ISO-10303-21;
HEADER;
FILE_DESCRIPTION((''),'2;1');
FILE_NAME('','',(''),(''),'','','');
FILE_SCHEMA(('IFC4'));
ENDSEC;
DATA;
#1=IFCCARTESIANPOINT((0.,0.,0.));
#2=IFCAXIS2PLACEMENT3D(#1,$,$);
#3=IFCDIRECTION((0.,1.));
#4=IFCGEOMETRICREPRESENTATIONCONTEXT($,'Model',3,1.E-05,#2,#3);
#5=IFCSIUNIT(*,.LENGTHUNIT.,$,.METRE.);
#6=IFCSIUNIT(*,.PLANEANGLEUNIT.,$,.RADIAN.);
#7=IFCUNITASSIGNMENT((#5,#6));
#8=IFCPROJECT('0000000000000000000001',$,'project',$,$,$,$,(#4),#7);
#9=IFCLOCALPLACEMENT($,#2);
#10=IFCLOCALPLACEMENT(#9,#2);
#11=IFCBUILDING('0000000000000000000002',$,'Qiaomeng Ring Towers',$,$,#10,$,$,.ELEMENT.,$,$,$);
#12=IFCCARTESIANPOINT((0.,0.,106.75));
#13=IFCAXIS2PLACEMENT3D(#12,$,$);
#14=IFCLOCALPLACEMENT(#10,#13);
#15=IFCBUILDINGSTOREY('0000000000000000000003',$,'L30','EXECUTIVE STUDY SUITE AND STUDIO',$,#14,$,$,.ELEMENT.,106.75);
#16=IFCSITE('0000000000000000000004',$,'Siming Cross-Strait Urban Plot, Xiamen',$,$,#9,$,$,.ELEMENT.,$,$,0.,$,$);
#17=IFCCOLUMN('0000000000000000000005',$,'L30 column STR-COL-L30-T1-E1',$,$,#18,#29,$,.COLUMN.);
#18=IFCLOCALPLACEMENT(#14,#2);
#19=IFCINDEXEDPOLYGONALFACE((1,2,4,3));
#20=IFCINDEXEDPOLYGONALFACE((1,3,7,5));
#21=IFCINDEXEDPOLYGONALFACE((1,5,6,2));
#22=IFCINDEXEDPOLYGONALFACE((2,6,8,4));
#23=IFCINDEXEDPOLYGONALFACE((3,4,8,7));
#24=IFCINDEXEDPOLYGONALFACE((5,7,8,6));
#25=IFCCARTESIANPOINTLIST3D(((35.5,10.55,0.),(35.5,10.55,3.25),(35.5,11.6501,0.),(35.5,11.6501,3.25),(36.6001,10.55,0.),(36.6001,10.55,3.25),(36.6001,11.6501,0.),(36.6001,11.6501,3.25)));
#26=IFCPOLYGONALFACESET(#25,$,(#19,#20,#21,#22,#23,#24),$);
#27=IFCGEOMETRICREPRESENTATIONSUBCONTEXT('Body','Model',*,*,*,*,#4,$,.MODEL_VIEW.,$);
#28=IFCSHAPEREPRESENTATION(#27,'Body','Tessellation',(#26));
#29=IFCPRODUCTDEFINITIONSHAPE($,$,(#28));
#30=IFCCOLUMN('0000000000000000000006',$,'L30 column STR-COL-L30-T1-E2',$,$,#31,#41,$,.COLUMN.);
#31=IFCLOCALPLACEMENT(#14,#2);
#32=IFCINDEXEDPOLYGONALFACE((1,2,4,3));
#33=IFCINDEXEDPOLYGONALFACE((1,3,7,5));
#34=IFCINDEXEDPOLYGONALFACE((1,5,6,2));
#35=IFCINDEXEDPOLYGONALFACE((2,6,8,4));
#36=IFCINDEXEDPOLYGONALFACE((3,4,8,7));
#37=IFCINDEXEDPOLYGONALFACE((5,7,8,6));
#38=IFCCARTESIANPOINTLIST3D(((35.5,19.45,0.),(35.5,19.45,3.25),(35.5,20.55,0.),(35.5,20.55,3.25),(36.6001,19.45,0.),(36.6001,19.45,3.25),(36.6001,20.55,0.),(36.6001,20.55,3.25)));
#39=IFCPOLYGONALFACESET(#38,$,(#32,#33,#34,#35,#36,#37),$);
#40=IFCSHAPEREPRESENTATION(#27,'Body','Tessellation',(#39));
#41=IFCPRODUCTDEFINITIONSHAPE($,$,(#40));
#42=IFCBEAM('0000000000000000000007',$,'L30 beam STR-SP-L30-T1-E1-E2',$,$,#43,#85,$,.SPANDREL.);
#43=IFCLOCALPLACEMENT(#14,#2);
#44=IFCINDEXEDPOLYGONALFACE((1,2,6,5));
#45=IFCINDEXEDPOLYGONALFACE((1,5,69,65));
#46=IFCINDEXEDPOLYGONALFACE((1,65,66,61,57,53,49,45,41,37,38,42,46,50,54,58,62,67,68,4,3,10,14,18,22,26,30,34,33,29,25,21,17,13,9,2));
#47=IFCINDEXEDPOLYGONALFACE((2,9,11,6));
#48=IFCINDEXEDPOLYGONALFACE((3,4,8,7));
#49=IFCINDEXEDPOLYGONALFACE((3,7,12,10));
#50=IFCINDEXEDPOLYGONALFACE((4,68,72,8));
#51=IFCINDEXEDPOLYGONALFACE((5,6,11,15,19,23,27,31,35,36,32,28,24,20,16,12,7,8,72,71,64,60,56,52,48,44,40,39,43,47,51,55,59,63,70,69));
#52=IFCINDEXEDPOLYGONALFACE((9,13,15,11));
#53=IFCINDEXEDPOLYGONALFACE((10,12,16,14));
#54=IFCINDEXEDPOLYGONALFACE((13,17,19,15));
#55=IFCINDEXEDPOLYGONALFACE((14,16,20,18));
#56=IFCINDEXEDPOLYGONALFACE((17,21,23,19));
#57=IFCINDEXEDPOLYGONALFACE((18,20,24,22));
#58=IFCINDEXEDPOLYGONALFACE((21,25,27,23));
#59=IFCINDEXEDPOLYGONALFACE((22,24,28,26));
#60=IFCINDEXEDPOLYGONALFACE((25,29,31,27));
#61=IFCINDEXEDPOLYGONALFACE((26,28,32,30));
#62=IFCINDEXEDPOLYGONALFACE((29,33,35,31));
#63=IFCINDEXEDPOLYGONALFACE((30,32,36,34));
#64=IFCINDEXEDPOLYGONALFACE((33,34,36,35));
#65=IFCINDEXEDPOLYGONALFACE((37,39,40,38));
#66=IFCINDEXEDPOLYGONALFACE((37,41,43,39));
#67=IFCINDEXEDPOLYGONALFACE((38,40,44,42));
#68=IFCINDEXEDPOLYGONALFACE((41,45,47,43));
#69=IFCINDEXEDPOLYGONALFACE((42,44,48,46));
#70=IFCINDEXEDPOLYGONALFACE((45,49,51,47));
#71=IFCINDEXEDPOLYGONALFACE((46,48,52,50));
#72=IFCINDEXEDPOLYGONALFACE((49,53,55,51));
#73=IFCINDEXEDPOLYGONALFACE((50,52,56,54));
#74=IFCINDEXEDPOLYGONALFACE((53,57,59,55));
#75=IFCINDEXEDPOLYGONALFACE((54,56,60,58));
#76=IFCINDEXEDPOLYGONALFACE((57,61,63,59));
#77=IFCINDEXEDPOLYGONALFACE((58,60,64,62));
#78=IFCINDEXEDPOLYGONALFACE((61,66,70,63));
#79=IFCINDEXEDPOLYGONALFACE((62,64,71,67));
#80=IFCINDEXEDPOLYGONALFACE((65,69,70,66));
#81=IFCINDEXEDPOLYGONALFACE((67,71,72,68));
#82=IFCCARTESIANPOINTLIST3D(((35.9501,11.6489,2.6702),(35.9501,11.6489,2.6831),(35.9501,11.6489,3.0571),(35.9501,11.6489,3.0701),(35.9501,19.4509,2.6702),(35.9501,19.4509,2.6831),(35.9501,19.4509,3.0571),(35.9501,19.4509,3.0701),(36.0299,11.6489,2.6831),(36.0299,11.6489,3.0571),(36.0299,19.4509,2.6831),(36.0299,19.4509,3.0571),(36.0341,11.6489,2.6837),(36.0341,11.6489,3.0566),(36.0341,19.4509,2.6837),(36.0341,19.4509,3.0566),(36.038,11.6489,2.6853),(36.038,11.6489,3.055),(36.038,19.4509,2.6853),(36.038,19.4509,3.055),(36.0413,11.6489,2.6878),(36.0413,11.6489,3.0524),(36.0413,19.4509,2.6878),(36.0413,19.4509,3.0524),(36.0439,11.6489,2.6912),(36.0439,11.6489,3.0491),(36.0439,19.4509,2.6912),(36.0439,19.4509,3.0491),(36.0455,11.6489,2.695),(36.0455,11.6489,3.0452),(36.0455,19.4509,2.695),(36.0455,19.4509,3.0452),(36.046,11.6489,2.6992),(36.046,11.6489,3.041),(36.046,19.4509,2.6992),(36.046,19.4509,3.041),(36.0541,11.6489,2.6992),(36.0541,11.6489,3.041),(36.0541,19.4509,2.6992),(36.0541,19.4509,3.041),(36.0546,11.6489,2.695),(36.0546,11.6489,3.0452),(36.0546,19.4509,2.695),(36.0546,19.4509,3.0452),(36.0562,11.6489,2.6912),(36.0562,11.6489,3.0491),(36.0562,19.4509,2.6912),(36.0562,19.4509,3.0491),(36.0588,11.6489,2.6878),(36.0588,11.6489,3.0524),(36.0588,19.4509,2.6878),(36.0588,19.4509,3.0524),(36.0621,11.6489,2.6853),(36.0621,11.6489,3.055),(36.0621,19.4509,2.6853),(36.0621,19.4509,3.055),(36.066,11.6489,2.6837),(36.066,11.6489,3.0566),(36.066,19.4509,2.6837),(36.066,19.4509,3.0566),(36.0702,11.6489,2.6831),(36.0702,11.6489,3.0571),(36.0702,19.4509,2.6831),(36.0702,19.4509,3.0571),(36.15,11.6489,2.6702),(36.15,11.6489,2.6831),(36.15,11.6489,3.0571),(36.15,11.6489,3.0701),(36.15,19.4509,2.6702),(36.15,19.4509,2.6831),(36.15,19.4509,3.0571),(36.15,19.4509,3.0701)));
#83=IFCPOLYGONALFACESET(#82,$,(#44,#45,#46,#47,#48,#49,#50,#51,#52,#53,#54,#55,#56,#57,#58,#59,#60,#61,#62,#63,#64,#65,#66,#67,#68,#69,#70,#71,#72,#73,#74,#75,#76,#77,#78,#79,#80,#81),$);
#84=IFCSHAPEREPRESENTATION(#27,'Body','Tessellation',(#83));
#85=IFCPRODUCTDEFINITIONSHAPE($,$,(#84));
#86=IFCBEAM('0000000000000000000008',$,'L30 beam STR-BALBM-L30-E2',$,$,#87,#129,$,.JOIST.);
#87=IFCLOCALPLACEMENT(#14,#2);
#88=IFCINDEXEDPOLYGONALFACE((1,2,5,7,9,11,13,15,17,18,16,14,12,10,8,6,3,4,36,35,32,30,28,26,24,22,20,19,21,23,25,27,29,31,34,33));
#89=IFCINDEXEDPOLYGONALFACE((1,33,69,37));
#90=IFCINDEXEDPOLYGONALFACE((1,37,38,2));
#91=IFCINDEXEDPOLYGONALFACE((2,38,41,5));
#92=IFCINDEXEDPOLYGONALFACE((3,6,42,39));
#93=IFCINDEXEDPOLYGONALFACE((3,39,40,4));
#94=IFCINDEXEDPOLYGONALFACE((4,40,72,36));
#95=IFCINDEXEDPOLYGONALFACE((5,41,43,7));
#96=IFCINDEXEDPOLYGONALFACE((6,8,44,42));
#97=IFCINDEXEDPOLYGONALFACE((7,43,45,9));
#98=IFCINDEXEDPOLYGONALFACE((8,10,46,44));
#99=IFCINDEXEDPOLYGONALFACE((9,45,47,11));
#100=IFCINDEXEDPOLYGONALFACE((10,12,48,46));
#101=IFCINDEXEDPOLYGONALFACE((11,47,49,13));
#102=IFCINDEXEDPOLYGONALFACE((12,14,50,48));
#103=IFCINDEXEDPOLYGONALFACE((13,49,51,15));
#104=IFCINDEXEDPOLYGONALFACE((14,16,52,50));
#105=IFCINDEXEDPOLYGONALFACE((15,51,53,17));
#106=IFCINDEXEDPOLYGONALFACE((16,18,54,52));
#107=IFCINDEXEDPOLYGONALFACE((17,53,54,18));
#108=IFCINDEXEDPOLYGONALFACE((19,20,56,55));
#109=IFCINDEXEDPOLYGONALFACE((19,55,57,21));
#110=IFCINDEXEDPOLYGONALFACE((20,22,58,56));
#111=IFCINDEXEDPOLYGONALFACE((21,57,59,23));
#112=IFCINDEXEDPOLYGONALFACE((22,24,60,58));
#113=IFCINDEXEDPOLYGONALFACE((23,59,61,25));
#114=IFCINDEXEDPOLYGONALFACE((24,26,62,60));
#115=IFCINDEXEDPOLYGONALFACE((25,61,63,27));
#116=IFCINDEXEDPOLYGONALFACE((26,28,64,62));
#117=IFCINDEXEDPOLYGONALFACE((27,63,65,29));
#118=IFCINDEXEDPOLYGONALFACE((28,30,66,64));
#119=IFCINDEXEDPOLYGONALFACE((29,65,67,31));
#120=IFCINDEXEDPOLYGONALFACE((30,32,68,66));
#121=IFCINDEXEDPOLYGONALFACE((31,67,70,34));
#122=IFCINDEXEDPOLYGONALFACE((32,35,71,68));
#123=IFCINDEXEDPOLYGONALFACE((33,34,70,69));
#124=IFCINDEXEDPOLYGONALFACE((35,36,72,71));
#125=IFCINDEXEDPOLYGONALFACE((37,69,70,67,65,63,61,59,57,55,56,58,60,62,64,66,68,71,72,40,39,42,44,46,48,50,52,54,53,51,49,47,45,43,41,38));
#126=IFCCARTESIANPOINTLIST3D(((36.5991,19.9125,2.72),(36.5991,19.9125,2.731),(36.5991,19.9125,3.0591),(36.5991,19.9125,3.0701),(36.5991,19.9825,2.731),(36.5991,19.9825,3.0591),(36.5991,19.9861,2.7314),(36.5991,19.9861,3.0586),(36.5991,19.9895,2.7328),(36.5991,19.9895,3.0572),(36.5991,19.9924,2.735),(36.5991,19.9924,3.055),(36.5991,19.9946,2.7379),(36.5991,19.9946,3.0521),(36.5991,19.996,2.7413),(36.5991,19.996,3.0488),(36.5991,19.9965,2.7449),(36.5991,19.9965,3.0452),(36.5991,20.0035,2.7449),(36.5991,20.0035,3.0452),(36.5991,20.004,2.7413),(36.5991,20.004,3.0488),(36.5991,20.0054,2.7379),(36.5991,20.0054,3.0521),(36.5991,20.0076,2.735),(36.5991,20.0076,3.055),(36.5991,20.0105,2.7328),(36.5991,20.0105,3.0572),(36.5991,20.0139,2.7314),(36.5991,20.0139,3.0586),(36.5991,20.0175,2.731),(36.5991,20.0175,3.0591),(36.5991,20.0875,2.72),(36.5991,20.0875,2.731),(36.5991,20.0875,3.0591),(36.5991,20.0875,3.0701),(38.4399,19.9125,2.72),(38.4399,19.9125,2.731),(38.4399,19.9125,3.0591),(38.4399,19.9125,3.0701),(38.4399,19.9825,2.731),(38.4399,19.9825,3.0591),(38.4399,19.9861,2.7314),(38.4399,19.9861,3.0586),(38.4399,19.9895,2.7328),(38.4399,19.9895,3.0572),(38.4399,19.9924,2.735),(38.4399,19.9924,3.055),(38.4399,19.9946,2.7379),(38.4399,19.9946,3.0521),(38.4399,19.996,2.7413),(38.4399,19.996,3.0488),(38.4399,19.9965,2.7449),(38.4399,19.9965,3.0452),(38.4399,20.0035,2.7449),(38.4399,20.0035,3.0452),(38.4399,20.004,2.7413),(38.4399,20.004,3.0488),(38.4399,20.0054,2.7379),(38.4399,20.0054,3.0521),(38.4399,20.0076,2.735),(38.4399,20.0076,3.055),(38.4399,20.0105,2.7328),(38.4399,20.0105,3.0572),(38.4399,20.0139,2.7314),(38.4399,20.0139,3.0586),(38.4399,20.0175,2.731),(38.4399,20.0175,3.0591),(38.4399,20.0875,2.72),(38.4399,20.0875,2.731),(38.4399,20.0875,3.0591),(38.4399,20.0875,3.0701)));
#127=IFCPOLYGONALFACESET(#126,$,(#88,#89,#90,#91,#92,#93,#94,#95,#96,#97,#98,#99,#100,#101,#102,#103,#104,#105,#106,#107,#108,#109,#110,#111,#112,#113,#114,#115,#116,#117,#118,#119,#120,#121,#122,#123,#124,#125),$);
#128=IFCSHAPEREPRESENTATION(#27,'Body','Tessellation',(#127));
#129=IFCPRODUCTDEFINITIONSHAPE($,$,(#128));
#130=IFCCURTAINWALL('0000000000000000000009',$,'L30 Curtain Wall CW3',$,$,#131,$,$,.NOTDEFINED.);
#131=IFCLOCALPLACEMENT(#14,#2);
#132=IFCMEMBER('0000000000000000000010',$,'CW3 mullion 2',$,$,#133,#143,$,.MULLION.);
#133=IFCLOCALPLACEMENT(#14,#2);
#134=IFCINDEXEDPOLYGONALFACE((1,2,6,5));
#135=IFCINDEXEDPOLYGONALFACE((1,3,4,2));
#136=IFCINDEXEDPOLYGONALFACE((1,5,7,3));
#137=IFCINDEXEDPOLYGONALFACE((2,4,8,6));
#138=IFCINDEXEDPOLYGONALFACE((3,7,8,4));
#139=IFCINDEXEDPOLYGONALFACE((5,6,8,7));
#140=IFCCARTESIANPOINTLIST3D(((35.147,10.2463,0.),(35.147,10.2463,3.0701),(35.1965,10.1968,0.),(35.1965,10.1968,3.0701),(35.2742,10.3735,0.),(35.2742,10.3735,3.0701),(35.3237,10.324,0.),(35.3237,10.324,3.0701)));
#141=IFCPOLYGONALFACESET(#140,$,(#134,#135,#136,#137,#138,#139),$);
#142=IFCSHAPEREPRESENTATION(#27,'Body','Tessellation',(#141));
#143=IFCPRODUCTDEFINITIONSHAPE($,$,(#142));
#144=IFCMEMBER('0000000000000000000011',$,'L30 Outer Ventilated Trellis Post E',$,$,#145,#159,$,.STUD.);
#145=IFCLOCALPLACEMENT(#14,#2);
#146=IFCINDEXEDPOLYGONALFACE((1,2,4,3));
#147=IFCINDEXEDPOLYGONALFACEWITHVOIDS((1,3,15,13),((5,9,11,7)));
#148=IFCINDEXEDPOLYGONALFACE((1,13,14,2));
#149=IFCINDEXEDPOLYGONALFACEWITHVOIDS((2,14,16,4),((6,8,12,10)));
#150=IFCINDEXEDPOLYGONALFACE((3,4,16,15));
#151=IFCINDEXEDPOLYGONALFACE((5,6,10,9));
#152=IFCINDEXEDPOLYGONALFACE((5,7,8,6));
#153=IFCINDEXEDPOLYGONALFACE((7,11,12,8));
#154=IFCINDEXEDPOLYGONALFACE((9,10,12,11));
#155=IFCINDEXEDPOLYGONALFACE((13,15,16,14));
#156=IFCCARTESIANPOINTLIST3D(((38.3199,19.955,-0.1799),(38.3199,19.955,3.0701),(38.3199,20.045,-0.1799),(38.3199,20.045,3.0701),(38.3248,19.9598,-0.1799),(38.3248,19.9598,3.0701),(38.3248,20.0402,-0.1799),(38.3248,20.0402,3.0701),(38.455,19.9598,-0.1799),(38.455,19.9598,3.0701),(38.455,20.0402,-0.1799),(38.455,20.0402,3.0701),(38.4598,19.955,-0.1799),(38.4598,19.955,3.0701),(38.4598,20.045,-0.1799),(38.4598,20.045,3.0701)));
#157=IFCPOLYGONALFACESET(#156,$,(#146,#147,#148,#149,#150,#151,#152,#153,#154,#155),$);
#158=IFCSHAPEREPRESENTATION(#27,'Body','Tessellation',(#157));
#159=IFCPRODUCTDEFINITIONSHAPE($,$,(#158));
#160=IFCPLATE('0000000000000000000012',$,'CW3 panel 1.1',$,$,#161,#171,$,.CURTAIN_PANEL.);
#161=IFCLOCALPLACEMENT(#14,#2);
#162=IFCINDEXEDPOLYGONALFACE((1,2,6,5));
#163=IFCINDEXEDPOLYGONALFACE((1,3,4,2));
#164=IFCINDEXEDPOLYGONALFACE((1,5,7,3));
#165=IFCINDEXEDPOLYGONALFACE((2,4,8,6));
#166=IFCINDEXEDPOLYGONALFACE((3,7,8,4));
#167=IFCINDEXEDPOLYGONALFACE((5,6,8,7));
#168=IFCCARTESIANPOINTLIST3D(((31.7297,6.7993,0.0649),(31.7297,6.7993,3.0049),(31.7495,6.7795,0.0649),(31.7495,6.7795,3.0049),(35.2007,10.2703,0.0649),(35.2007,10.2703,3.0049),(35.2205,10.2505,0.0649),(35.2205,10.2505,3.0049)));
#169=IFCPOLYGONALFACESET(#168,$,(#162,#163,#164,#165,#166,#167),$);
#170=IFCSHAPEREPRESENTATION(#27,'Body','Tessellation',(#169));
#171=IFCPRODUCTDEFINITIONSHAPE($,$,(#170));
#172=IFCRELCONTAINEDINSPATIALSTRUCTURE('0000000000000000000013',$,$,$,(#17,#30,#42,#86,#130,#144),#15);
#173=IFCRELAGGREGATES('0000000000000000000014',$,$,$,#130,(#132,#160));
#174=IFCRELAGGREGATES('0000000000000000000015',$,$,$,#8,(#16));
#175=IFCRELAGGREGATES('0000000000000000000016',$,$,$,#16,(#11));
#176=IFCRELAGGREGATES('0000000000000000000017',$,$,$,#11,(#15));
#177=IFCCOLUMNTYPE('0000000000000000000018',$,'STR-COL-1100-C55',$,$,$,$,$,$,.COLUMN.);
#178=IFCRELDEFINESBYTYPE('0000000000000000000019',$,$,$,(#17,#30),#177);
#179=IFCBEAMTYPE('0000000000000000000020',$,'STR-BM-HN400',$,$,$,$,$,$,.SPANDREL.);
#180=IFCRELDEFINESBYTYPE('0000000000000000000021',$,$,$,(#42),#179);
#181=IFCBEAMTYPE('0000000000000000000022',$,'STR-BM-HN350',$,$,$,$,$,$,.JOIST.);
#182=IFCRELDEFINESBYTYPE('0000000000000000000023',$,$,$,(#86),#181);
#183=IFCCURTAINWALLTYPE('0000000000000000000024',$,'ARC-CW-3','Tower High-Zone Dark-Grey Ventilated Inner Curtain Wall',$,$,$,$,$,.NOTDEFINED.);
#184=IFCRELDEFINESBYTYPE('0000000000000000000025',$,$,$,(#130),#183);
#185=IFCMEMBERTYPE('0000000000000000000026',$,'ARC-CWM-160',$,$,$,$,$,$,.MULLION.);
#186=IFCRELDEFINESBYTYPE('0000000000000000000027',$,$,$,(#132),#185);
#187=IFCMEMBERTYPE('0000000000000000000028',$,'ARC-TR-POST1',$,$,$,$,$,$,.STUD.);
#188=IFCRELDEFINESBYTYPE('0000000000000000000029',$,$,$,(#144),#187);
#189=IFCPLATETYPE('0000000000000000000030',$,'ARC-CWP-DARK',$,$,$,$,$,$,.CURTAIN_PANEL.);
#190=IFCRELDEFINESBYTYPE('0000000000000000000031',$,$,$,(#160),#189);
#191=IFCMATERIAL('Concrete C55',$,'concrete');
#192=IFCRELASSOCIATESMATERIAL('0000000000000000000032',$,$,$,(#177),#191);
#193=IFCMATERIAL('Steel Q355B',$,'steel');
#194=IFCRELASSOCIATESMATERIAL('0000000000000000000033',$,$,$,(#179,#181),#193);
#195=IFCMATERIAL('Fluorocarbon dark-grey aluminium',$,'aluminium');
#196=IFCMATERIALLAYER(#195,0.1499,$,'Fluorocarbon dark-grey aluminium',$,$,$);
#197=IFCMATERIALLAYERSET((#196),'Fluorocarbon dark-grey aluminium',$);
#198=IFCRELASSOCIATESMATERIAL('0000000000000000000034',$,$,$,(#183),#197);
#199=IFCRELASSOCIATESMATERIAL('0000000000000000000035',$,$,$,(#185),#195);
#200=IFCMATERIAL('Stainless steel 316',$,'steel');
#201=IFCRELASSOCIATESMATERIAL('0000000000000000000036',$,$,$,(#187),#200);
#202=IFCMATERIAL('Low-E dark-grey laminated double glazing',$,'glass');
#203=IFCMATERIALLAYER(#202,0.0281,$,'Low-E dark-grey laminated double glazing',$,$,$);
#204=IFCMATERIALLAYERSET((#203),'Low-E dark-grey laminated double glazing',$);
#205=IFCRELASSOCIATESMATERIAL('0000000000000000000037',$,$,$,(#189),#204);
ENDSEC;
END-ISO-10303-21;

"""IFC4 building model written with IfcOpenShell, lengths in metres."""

from ifc_helpers import new_model, si_unit, direction, frame, origin, origin_2d, place, context, subcontext, project, spatial, rectangle, hollow_rectangle, i_section, extrude, source, transform, mapped, material, layer, layer_set, material_profile, profile_set, type_object, element, aggregate, save


model = new_model("IFC4")

# Units and contexts
model_context = context("Model", 3, precision=1e-05, world=origin(), true_north=direction((0.0, 1.0)))
body_context = subcontext(model_context, "Body", "Model", "MODEL_VIEW")
ifc_project = project(units=[si_unit("LENGTHUNIT", "METRE"), si_unit("PLANEANGLEUNIT", "RADIAN")], contexts=[model_context])

# Site, building, storey
site_placement = place(None, origin())
site = spatial("IfcSite", under=ifc_project, at=site_placement, Name="Siming Cross-Strait Urban Plot, Xiamen", CompositionType="ELEMENT", RefElevation=0.0)
building_placement = place(site_placement, origin())
building = spatial("IfcBuilding", under=site, at=building_placement, Name="Qiaomeng Ring Towers", CompositionType="ELEMENT")
storey_placement = place(building_placement, frame((0.0, 0.0, 106.75)))
storey = spatial("IfcBuildingStorey", under=building, at=storey_placement, Name="L30", Description="EXECUTIVE STUDY SUITE AND STUDIO", CompositionType="ELEMENT", Elevation=106.75)

# Columns
ifc_material_1 = material(Name="Concrete C55", Category="concrete")
ifc_material_profile_1 = material_profile(ifc_material_1, rectangle(XDim=1.1001, YDim=1.1001, at=origin_2d()), Name="RC COL 1100x1100")
ifc_profile_set_1 = profile_set([ifc_material_profile_1], Name="Concrete C55")
column_type = type_object("IfcColumnType", Name="STR-COL-1100-C55", PredefinedType="COLUMN", material=ifc_profile_set_1)
shared_shape_1 = source(origin(), body_context, "Body", "SweptSolid", [
    extrude(rectangle(XDim=1.1001, YDim=1.1001, at=origin_2d()), origin(), (0.0, 0.0, 1.0), 3.25),
])
for number, where, z_axis, x_axis, name in (
    (1, (36.05, 11.1001, 0.0), (0.0, 0.0, 1.0), (1.0, 0.0, 0.0), "L30 column STR-COL-L30-T1-E1"),
    (2, (36.05, 20.0, 0.0), (0.0, 0.0, 1.0), (1.0, 0.0, 0.0), "L30 column STR-COL-L30-T1-E2"),
):
    element("IfcColumn", number, at=place(storey_placement, frame(where, z_axis=z_axis, x_axis=x_axis)), inside=storey, type_object=column_type, Name=name, PredefinedType="COLUMN", context=body_context, shape_type="MappedRepresentation", body=[
        mapped(shared_shape_1, transform((0.0, 0.0, 0.0), x_axis=(1.0, 0.0, 0.0), y_axis=(0.0, 1.0, 0.0), z_axis=(0.0, 0.0, 1.0), scale=1.0)),
    ])

# Beams
ifc_material_2 = material(Name="Steel Q355B", Category="steel")
ifc_material_profile_2 = material_profile(ifc_material_2, i_section(OverallWidth=0.2, OverallDepth=0.3999, WebThickness=0.0081, FlangeThickness=0.0129, FilletRadius=0.0161, at=origin_2d()), Name="HN 400x200x8x13")
ifc_profile_set_2 = profile_set([ifc_material_profile_2], Name="Steel Q355B")
beam_type_1 = type_object("IfcBeamType", Name="STR-BM-HN400", PredefinedType="SPANDREL", material=ifc_profile_set_2)
shared_shape_2 = source(origin(), body_context, "Body", "SweptSolid", [
    extrude(i_section(OverallWidth=0.2, OverallDepth=0.3999, WebThickness=0.0081, FlangeThickness=0.0129, FilletRadius=0.0161, at=origin_2d()), origin(), (0.0, 0.0, 1.0), 7.802),
])
beam_1_placement = place(storey_placement, frame((36.05, 11.6489, 2.8701), z_axis=(0.0, 1.0, 0.0), x_axis=(-1.0, 0.0, 0.0)))
element("IfcBeam", 3, at=beam_1_placement, inside=storey, type_object=beam_type_1, Name="L30 beam STR-SP-L30-T1-E1-E2", PredefinedType="SPANDREL", context=body_context, shape_type="MappedRepresentation", body=[
    mapped(shared_shape_2, transform((0.0, 0.0, 0.0), x_axis=(1.0, 0.0, 0.0), y_axis=(0.0, 1.0, 0.0), z_axis=(0.0, 0.0, 1.0), scale=1.0)),
])
ifc_material_profile_3 = material_profile(ifc_material_2, i_section(OverallWidth=0.175, OverallDepth=0.3501, WebThickness=0.0071, FlangeThickness=0.011, FilletRadius=0.0139, at=origin_2d()), Name="HN 350x175x7x11")
ifc_profile_set_3 = profile_set([ifc_material_profile_3], Name="Steel Q355B")
beam_type_2 = type_object("IfcBeamType", Name="STR-BM-HN350", PredefinedType="JOIST", material=ifc_profile_set_3)
shared_shape_3 = source(origin(), body_context, "Body", "SweptSolid", [
    extrude(i_section(OverallWidth=0.175, OverallDepth=0.3501, WebThickness=0.0071, FlangeThickness=0.011, FilletRadius=0.0139, at=origin_2d()), origin(), (0.0, 0.0, 1.0), 1.8408),
])
beam_2_placement = place(storey_placement, frame((36.5991, 20.0, 2.895), z_axis=(1.0, 0.0, 0.0), x_axis=(0.0, 1.0, 0.0)))
element("IfcBeam", 4, at=beam_2_placement, inside=storey, type_object=beam_type_2, Name="L30 beam STR-BALBM-L30-E2", PredefinedType="JOIST", context=body_context, shape_type="MappedRepresentation", body=[
    mapped(shared_shape_3, transform((0.0, 0.0, 0.0), x_axis=(1.0, 0.0, 0.0), y_axis=(0.0, 1.0, 0.0), z_axis=(0.0, 0.0, 1.0), scale=1.0)),
])

# Curtain wall, member
ifc_material_3 = material(Name="Fluorocarbon dark-grey aluminium", Category="aluminium")
ifc_layer_1 = layer(ifc_material_3, 0.1499, Name="Fluorocarbon dark-grey aluminium")
ifc_layer_set_1 = layer_set([ifc_layer_1], Name="Fluorocarbon dark-grey aluminium")
curtain_wall_type = type_object("IfcCurtainWallType", Name="ARC-CW-3", Description="Tower High-Zone Dark-Grey Ventilated Inner Curtain Wall", PredefinedType="NOTDEFINED", material=ifc_layer_set_1)
curtain_wall_placement = place(storey_placement, origin())
curtain_wall = element("IfcCurtainWall", 5, at=curtain_wall_placement, inside=storey, type_object=curtain_wall_type, Name="L30 Curtain Wall CW3", PredefinedType="NOTDEFINED")
ifc_material_profile_4 = material_profile(ifc_material_3, rectangle(XDim=0.0701, YDim=0.1799, at=origin_2d()), Name="ALU MULL 70x180")
ifc_profile_set_4 = profile_set([ifc_material_profile_4], Name="Fluorocarbon dark-grey aluminium")
member_type_1 = type_object("IfcMemberType", Name="ARC-CWM-160", PredefinedType="MULLION", material=ifc_profile_set_4)
shared_shape_4 = source(origin(), body_context, "Body", "SweptSolid", [
    extrude(rectangle(XDim=0.0701, YDim=0.1799, at=origin_2d()), origin(), (0.0, 0.0, 1.0), 3.0701),
])
member_1_placement = place(storey_placement, frame((35.2354, 10.2852, 0.0), z_axis=(0.0, 0.0, 1.0), x_axis=(-0.707107, 0.707107, 0.0)))
member_1 = element("IfcMember", 6, at=member_1_placement, type_object=member_type_1, Name="CW3 mullion 2", PredefinedType="MULLION", context=body_context, shape_type="MappedRepresentation", body=[
    mapped(shared_shape_4, transform((0.0, 0.0, 0.0), x_axis=(1.0, 0.0, 0.0), y_axis=(0.0, 1.0, 0.0), z_axis=(0.0, 0.0, 1.0), scale=1.0)),
])

# Member
ifc_material_4 = material(Name="Stainless steel 316", Category="steel")
ifc_material_profile_5 = material_profile(ifc_material_4, hollow_rectangle(XDim=0.0901, YDim=0.1399, WallThickness=0.0049, at=origin_2d()), Name="SS TRELLIS 90x140")
ifc_profile_set_5 = profile_set([ifc_material_profile_5], Name="Stainless steel 316")
member_type_2 = type_object("IfcMemberType", Name="ARC-TR-POST1", PredefinedType="STUD", material=ifc_profile_set_5)
shared_shape_5 = source(origin(), body_context, "Body", "SweptSolid", [
    extrude(hollow_rectangle(XDim=0.0901, YDim=0.1399, WallThickness=0.0049, at=origin_2d()), origin(), (0.0, 0.0, 1.0), 3.25),
])
member_2_placement = place(storey_placement, frame((38.3899, 20.0, -0.1799), z_axis=(0.0, 0.0, 1.0), x_axis=(0.0, 1.0, 0.0)))
element("IfcMember", 7, at=member_2_placement, inside=storey, type_object=member_type_2, Name="L30 Outer Ventilated Trellis Post E", PredefinedType="STUD", context=body_context, shape_type="MappedRepresentation", body=[
    mapped(shared_shape_5, transform((0.0, 0.0, 0.0), x_axis=(1.0, 0.0, 0.0), y_axis=(0.0, 1.0, 0.0), z_axis=(0.0, 0.0, 1.0), scale=1.0)),
])

# Plate
ifc_material_5 = material(Name="Low-E dark-grey laminated double glazing", Category="glass")
ifc_layer_2 = layer(ifc_material_5, 0.0281, Name="Low-E dark-grey laminated double glazing")
ifc_layer_set_2 = layer_set([ifc_layer_2], Name="Low-E dark-grey laminated double glazing")
plate_type = type_object("IfcPlateType", Name="ARC-CWP-DARK", PredefinedType="CURTAIN_PANEL", material=ifc_layer_set_2)
shared_shape_6 = source(origin(), body_context, "Body", "SweptSolid", [
    extrude(rectangle(XDim=4.9087, YDim=0.0281, at=origin_2d()), origin(), (0.0, 0.0, 1.0), 2.9399),
])
plate_placement = place(storey_placement, frame((33.4751, 8.5249, 0.0649), z_axis=(0.0, 0.0, 1.0), x_axis=(0.707107, 0.707107, 0.0)))
plate = element("IfcPlate", 8, at=plate_placement, type_object=plate_type, Name="CW3 panel 1.1", PredefinedType="CURTAIN_PANEL", context=body_context, shape_type="MappedRepresentation", body=[
    mapped(shared_shape_6, transform((0.0, 0.0, 0.0), x_axis=(1.0, 0.0, 0.0), y_axis=(0.0, 1.0, 0.0), z_axis=(0.0, 0.0, 1.0), scale=1.0)),
])
aggregate(curtain_wall, [member_1, plate])

save(model, "model.ifc")
